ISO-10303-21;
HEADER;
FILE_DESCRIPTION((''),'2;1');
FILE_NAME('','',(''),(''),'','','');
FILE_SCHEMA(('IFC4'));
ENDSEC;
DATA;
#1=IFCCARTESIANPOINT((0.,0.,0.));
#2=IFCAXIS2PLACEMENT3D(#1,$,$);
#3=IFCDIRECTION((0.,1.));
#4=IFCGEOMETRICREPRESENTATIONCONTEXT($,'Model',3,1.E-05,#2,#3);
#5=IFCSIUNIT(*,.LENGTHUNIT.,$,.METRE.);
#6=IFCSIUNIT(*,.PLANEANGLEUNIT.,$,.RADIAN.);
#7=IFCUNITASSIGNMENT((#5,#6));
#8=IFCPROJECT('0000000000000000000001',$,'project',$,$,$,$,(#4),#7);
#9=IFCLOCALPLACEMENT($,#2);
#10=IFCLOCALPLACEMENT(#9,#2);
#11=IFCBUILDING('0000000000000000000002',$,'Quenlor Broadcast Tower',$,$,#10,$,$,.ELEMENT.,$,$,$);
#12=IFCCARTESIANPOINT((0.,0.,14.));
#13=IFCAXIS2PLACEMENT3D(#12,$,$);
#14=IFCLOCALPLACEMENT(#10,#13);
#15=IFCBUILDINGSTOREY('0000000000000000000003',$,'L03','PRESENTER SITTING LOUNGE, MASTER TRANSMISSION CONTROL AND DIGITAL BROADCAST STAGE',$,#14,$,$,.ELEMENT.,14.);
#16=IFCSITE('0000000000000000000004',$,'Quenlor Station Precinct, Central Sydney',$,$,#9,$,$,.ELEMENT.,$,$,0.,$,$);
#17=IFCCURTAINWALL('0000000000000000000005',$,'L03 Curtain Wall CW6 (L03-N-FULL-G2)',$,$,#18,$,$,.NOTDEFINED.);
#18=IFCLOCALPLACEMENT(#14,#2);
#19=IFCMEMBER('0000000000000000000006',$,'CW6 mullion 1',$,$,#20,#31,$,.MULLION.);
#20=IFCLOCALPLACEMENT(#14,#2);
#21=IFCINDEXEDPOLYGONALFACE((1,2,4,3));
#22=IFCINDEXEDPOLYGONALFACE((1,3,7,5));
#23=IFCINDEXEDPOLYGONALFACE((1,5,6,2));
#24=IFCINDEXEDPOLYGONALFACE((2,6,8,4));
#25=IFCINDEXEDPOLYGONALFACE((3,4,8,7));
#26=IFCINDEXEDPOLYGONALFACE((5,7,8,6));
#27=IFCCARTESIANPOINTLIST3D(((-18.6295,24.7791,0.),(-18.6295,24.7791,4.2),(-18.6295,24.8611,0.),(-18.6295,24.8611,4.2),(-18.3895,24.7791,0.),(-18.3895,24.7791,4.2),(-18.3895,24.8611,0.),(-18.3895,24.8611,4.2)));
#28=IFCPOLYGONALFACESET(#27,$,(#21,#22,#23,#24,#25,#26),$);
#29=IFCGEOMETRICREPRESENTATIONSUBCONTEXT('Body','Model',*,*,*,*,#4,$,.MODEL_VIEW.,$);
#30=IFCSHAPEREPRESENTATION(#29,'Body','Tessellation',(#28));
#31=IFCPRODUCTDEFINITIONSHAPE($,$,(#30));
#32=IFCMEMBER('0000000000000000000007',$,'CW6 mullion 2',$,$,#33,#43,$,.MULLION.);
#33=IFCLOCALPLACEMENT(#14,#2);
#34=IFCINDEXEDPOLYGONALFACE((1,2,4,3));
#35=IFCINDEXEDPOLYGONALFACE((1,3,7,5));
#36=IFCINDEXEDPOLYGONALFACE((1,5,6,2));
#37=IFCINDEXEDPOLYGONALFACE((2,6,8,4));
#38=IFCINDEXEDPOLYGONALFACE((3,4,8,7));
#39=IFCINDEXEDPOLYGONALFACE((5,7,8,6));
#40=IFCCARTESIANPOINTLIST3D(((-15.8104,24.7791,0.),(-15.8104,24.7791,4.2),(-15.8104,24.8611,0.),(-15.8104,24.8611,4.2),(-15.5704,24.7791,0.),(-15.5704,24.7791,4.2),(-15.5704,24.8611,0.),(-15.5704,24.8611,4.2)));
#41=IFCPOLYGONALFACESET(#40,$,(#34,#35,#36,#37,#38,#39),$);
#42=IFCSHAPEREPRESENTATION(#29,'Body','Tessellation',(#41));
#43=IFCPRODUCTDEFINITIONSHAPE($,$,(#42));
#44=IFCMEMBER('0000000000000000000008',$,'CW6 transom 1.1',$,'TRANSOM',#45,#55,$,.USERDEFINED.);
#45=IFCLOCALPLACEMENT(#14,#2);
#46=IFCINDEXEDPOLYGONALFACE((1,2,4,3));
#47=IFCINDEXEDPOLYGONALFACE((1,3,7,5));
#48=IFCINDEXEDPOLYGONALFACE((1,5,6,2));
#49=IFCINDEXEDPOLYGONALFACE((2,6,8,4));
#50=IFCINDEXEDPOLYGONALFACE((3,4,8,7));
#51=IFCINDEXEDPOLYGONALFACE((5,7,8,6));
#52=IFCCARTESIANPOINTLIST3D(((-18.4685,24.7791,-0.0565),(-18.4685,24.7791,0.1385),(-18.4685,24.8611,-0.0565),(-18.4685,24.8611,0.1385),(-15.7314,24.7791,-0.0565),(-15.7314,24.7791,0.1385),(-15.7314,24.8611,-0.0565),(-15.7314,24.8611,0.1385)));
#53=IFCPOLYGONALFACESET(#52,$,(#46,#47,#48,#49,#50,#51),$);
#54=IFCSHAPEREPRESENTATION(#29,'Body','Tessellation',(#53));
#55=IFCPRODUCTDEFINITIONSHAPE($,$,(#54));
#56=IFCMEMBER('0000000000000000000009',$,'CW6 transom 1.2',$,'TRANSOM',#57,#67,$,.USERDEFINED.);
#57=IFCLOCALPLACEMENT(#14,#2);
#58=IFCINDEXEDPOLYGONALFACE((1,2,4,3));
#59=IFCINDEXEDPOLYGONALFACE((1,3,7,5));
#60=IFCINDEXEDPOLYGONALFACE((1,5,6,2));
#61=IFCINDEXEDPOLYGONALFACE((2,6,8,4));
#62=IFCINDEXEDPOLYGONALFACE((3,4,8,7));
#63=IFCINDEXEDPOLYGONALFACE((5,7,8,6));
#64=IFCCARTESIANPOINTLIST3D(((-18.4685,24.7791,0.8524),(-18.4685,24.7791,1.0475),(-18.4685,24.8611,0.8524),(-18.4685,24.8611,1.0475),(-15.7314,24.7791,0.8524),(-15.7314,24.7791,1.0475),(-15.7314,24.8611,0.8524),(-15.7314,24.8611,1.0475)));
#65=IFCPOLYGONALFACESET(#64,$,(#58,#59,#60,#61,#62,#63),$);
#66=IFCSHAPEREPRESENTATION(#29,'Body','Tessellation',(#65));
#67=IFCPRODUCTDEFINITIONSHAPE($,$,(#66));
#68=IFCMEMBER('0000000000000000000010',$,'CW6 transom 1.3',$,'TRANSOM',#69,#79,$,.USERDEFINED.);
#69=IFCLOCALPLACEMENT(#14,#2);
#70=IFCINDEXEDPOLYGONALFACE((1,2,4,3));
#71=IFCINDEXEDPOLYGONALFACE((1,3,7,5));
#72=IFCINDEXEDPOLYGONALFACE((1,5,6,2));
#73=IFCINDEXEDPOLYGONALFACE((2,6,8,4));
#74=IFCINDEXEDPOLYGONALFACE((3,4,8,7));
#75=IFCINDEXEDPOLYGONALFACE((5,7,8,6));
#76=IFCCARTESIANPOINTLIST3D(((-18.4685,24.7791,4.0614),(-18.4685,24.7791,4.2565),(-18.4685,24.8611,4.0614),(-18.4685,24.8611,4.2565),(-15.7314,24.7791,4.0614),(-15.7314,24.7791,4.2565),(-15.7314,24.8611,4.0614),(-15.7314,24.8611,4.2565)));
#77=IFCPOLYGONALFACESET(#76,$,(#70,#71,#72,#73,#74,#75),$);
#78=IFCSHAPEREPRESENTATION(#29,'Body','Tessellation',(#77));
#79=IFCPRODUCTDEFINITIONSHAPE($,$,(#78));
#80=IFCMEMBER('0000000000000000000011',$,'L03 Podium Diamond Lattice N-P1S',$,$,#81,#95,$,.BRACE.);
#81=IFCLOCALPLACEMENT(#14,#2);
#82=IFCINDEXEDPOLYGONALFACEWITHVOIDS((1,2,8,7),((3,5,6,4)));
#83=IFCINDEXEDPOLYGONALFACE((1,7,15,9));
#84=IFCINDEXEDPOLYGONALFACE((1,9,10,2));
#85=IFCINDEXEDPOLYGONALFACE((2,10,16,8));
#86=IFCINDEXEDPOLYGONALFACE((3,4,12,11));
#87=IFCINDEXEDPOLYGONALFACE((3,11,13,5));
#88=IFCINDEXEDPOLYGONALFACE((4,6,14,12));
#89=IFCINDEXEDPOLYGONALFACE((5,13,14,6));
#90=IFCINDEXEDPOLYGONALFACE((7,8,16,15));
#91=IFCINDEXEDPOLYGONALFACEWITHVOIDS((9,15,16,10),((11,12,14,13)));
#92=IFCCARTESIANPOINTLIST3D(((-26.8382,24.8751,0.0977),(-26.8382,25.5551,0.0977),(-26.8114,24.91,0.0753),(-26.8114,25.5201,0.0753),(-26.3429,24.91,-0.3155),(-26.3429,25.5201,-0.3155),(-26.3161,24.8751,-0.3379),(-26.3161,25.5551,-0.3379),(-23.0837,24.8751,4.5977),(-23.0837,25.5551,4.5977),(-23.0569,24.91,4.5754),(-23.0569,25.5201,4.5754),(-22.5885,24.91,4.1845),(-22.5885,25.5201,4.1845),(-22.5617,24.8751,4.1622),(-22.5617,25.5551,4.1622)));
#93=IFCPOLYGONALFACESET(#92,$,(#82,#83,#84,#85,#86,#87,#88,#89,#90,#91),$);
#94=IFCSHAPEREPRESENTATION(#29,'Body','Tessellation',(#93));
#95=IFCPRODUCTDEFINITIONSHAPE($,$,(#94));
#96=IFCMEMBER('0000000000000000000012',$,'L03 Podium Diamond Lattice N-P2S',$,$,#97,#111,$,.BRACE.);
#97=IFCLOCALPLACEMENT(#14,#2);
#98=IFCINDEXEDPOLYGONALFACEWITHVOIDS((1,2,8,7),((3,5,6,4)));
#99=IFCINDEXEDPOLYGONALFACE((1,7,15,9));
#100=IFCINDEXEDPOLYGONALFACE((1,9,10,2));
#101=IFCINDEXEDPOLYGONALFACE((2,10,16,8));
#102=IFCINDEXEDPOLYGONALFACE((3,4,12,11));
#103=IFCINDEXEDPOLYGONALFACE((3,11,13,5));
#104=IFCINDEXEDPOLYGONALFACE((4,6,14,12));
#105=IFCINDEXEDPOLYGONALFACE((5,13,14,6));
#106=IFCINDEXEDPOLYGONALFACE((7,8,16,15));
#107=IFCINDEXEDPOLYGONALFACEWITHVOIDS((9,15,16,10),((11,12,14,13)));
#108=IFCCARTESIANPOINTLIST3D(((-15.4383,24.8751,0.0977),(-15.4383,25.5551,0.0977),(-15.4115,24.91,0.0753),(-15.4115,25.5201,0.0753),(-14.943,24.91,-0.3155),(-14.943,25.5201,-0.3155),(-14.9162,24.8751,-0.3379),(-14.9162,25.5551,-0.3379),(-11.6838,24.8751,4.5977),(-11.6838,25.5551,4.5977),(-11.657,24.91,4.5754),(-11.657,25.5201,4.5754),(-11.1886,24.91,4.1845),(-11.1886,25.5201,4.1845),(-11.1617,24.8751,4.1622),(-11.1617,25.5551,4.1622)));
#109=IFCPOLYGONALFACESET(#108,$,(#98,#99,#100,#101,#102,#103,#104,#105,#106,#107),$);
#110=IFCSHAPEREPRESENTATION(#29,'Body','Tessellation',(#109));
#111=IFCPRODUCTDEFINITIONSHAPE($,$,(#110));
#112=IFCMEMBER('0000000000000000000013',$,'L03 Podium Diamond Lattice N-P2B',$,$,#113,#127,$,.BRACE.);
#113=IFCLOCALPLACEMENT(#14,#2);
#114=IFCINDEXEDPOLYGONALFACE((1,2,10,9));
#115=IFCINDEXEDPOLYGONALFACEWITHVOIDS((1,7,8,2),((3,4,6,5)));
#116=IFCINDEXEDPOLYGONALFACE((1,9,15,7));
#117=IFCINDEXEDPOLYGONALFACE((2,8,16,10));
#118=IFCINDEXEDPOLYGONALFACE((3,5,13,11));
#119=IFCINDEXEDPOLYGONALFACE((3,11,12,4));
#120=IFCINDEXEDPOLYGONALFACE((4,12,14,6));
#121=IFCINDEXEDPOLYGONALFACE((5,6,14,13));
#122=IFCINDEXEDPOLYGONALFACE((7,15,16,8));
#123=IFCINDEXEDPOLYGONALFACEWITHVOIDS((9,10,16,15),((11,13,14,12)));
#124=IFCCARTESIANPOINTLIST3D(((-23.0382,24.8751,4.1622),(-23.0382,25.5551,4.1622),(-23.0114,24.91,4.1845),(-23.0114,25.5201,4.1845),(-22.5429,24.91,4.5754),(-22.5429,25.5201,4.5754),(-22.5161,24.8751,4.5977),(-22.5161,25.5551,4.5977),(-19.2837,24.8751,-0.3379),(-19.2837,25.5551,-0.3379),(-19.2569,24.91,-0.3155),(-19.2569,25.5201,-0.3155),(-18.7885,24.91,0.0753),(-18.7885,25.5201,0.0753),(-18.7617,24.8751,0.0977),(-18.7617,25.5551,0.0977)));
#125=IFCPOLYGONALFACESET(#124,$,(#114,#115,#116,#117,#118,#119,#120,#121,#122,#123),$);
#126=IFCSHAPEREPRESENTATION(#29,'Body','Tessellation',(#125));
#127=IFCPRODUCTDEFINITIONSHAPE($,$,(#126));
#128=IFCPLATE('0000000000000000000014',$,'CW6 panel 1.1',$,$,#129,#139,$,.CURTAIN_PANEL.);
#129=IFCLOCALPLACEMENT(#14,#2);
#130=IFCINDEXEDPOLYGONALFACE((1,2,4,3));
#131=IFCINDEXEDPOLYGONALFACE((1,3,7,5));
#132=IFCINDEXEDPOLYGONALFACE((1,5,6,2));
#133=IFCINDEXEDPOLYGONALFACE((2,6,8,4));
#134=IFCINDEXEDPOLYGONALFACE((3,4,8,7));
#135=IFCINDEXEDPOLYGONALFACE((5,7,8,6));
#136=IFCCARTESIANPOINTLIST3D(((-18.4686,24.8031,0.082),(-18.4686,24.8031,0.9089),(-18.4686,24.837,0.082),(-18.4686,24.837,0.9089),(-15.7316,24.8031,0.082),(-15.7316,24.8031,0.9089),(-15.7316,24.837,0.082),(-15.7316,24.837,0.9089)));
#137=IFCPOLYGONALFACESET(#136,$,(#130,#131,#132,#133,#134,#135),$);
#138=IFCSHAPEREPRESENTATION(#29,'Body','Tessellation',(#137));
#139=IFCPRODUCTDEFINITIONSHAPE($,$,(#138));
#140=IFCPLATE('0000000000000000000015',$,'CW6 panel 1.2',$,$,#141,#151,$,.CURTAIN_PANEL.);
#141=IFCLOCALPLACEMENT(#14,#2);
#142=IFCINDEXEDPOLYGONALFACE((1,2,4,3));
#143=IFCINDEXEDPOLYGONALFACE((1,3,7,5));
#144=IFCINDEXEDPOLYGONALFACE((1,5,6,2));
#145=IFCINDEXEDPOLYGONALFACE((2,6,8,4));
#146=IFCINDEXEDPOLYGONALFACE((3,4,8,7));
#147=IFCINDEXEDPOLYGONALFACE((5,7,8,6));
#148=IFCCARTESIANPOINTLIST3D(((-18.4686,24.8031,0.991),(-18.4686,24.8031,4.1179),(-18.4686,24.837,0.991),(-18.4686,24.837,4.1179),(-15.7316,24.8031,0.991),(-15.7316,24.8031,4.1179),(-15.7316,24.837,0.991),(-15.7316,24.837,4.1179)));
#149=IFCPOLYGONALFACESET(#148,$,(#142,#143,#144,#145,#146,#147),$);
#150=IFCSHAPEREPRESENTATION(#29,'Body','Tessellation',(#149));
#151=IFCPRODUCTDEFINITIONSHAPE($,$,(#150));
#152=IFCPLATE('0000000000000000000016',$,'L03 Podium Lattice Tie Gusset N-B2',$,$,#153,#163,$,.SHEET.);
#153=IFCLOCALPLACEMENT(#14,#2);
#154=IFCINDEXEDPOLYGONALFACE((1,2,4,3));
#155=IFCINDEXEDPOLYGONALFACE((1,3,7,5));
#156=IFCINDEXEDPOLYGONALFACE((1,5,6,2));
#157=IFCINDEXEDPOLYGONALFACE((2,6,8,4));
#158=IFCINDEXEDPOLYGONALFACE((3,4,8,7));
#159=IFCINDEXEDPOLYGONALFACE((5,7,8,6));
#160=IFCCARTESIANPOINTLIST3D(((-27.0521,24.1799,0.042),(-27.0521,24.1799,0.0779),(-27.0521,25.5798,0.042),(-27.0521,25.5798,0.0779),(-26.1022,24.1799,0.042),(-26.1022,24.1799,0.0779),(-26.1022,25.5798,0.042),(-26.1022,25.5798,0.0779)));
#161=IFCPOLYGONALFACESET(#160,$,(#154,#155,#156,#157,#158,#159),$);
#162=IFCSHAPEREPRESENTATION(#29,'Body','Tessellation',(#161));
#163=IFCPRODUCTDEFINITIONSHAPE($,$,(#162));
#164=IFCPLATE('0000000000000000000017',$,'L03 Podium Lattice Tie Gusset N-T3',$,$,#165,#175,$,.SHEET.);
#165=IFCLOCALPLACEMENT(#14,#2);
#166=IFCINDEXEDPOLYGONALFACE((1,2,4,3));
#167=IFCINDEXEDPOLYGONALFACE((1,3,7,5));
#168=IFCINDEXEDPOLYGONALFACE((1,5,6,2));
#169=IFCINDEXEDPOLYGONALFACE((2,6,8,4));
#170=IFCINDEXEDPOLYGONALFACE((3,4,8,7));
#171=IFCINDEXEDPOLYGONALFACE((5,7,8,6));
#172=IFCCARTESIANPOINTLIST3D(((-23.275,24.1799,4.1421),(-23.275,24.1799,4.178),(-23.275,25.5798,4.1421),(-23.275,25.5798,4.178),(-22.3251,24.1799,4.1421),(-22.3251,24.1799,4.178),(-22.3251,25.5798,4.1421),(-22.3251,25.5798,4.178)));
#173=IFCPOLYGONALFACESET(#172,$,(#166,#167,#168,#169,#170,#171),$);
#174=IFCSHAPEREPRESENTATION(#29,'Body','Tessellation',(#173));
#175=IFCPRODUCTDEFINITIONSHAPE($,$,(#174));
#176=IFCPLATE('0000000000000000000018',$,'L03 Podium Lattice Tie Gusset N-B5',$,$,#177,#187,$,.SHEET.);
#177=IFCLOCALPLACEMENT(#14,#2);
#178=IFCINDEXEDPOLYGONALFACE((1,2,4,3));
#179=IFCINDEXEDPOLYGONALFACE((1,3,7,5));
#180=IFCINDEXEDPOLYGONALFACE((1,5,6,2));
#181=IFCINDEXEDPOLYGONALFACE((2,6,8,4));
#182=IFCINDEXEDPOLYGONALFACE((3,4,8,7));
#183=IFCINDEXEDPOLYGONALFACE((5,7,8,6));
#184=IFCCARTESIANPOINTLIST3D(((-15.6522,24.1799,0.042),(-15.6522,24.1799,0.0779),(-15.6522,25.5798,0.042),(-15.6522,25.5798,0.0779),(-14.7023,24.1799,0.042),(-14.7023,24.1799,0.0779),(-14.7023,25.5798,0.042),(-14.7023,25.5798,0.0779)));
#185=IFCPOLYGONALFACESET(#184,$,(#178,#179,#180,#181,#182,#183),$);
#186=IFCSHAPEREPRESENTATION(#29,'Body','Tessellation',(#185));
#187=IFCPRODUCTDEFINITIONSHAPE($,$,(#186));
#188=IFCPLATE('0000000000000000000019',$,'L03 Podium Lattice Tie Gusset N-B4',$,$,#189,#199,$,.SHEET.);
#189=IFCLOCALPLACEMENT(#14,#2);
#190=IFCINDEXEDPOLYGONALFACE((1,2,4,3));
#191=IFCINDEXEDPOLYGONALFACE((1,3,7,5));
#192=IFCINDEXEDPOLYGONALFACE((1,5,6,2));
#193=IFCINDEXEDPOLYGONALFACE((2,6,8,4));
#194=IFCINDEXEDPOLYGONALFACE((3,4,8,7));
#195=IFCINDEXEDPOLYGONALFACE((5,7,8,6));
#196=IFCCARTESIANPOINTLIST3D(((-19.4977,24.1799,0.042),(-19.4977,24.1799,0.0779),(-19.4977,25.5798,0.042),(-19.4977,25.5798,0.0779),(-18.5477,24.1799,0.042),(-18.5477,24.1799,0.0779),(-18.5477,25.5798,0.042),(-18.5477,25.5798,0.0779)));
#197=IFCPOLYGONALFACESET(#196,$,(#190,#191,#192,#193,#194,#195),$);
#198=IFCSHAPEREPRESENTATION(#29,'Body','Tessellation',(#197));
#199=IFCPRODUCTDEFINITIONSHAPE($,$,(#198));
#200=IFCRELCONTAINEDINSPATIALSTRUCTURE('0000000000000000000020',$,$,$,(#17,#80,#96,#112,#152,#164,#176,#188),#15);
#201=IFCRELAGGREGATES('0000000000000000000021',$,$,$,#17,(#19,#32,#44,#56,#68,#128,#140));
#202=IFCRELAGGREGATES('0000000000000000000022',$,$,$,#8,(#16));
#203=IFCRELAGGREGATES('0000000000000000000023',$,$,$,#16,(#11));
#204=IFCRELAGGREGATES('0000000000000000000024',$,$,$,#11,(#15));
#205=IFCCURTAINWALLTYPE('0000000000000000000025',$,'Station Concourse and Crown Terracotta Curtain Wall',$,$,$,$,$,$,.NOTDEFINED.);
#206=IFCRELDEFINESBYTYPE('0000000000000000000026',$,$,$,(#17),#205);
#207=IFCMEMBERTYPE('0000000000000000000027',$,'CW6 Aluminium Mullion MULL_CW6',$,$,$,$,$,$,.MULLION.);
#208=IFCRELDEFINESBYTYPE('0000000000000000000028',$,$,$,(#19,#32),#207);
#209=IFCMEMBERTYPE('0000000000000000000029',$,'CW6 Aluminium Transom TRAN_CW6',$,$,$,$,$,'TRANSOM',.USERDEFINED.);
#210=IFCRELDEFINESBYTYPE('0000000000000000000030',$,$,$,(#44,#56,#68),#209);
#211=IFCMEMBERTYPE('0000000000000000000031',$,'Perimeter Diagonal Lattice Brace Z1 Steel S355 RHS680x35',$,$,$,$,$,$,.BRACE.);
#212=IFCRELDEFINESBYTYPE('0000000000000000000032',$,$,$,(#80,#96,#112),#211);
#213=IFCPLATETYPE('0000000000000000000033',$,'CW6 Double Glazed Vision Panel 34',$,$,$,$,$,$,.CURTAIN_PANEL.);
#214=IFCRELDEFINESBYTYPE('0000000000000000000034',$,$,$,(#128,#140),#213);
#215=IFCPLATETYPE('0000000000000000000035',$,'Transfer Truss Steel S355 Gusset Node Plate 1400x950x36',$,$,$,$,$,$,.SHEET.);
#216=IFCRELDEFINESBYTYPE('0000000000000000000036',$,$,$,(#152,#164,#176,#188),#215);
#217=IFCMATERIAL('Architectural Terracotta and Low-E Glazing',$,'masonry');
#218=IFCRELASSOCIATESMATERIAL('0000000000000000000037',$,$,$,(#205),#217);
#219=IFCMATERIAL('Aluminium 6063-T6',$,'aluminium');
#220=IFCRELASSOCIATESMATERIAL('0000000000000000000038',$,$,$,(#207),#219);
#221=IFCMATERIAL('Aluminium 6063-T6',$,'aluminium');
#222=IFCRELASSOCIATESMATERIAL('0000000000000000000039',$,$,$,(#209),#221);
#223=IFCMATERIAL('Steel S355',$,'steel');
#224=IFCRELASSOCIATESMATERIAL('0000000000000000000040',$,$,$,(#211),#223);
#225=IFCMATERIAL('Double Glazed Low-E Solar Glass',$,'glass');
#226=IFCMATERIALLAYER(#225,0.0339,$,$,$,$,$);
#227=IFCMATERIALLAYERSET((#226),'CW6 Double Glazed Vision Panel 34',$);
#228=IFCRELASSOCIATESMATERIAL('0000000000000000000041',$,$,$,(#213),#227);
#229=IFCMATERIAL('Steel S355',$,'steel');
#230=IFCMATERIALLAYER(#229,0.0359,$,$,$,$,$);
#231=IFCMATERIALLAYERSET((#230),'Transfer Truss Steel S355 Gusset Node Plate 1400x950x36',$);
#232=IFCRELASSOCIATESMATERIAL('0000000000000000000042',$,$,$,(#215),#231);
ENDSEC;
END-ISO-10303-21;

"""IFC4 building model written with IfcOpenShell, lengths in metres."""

from ifc_helpers import new_model, si_unit, direction, frame, origin, origin_2d, place, context, subcontext, project, spatial, rectangle, hollow_rectangle, extrude, material, layer, layer_set, material_profile, profile_set, type_object, element, aggregate, save


model = new_model("IFC4")

# Units and contexts
model_context = context("Model", 3, precision=1e-05, world=origin(), true_north=direction((0.0, 1.0)))
body_context = subcontext(model_context, "Body", "Model", "MODEL_VIEW")
ifc_project = project(units=[si_unit("LENGTHUNIT", "METRE"), si_unit("PLANEANGLEUNIT", "RADIAN")], contexts=[model_context])

# Site, building, storey
site_placement = place(None, origin())
site = spatial("IfcSite", under=ifc_project, at=site_placement, Name="Quenlor Station Precinct, Central Sydney", CompositionType="ELEMENT", RefElevation=0.0)
building_placement = place(site_placement, origin())
building = spatial("IfcBuilding", under=site, at=building_placement, Name="Quenlor Broadcast Tower", CompositionType="ELEMENT")
storey_placement = place(building_placement, frame((0.0, 0.0, 14.0)))
storey = spatial("IfcBuildingStorey", under=building, at=storey_placement, Name="L03", Description="PRESENTER SITTING LOUNGE, MASTER TRANSMISSION CONTROL AND DIGITAL BROADCAST STAGE", CompositionType="ELEMENT", Elevation=14.0)

# Curtain wall, members
ifc_material_1 = material(Name="Architectural Terracotta and Low-E Glazing", Category="masonry")
curtain_wall_type = type_object("IfcCurtainWallType", Name="Station Concourse and Crown Terracotta Curtain Wall", PredefinedType="NOTDEFINED", material=ifc_material_1)
curtain_wall_placement = place(storey_placement, origin())
curtain_wall = element("IfcCurtainWall", 1, at=curtain_wall_placement, inside=storey, type_object=curtain_wall_type, Name="L03 Curtain Wall CW6 (L03-N-FULL-G2)", PredefinedType="NOTDEFINED")
ifc_material_2 = material(Name="Aluminium 6063-T6", Category="aluminium")
ifc_material_profile_1 = material_profile(ifc_material_2, rectangle(XDim=0.082, YDim=0.24, at=origin_2d()))
ifc_profile_set_1 = profile_set([ifc_material_profile_1], Name="Aluminium 6063-T6 MULL82x240")
member_type_1 = type_object("IfcMemberType", Name="CW6 Aluminium Mullion MULL_CW6", PredefinedType="MULLION", material=ifc_profile_set_1)
member_1_placement = place(storey_placement, frame((-18.5095, 24.8201, 0.0), z_axis=(0.0, 0.0, 1.0), x_axis=(0.0, 1.0, 0.0)))
member_1 = element("IfcMember", 2, at=member_1_placement, type_object=member_type_1, Name="CW6 mullion 1", PredefinedType="MULLION", context=body_context, shape_type="SweptSolid", body=[
    extrude(rectangle(XDim=0.082, YDim=0.24, at=origin_2d()), origin(), (0.0, 0.0, 1.0), 4.2),
])
member_2_placement = place(storey_placement, frame((-15.6904, 24.8201, 0.0), z_axis=(0.0, 0.0, 1.0), x_axis=(0.0, 1.0, 0.0)))
member_2 = element("IfcMember", 3, at=member_2_placement, type_object=member_type_1, Name="CW6 mullion 2", PredefinedType="MULLION", context=body_context, shape_type="SweptSolid", body=[
    extrude(rectangle(XDim=0.082, YDim=0.24, at=origin_2d()), origin(), (0.0, 0.0, 1.0), 4.2),
])
ifc_material_3 = material(Name="Aluminium 6063-T6", Category="aluminium")
ifc_material_profile_2 = material_profile(ifc_material_3, rectangle(XDim=0.082, YDim=0.1951, at=origin_2d()))
ifc_profile_set_2 = profile_set([ifc_material_profile_2], Name="Aluminium 6063-T6 TRAN82x195")
member_type_2 = type_object("IfcMemberType", Name="CW6 Aluminium Transom TRAN_CW6", ElementType="TRANSOM", PredefinedType="USERDEFINED", material=ifc_profile_set_2)
member_3_placement = place(storey_placement, frame((-18.4685, 24.8201, 0.041), z_axis=(1.0, 0.0, 0.0), x_axis=(0.0, 1.0, 0.0)))
member_3 = element("IfcMember", 4, at=member_3_placement, type_object=member_type_2, Name="CW6 transom 1.1", ObjectType="TRANSOM", PredefinedType="USERDEFINED", context=body_context, shape_type="SweptSolid", body=[
    extrude(rectangle(XDim=0.082, YDim=0.1951, at=origin_2d()), origin(), (0.0, 0.0, 1.0), 2.7371),
])
member_4_placement = place(storey_placement, frame((-18.4685, 24.8201, 0.95), z_axis=(1.0, 0.0, 0.0), x_axis=(0.0, 1.0, 0.0)))
member_4 = element("IfcMember", 5, at=member_4_placement, type_object=member_type_2, Name="CW6 transom 1.2", ObjectType="TRANSOM", PredefinedType="USERDEFINED", context=body_context, shape_type="SweptSolid", body=[
    extrude(rectangle(XDim=0.082, YDim=0.1951, at=origin_2d()), origin(), (0.0, 0.0, 1.0), 2.7371),
])
member_5_placement = place(storey_placement, frame((-18.4685, 24.8201, 4.1589), z_axis=(1.0, 0.0, 0.0), x_axis=(0.0, 1.0, 0.0)))
member_5 = element("IfcMember", 6, at=member_5_placement, type_object=member_type_2, Name="CW6 transom 1.3", ObjectType="TRANSOM", PredefinedType="USERDEFINED", context=body_context, shape_type="SweptSolid", body=[
    extrude(rectangle(XDim=0.082, YDim=0.1951, at=origin_2d()), origin(), (0.0, 0.0, 1.0), 2.7371),
])

# Members
ifc_material_4 = material(Name="Steel S355", Category="steel")
ifc_material_profile_3 = material_profile(ifc_material_4, hollow_rectangle(XDim=0.6799, YDim=0.6799, WallThickness=0.0349, at=origin_2d()))
ifc_profile_set_3 = profile_set([ifc_material_profile_3], Name="Steel S355 RHS680x680x35")
member_type_3 = type_object("IfcMemberType", Name="Perimeter Diagonal Lattice Brace Z1 Steel S355 RHS680x35", PredefinedType="BRACE", material=ifc_profile_set_3)
for number, where, z_axis, x_axis, name in (
    (7, (-26.5771, 25.2151, -0.1201), (0.640627, 0.0, 0.767852), (0.0, 1.0, 0.0), "L03 Podium Diamond Lattice N-P1S"),
    (8, (-15.1772, 25.2151, -0.1201), (0.640627, 0.0, 0.767852), (0.0, 1.0, 0.0), "L03 Podium Diamond Lattice N-P2S"),
    (9, (-19.0227, 25.2151, -0.1201), (-0.640627, 0.0, 0.767852), (0.0, -1.0, 0.0), "L03 Podium Diamond Lattice N-P2B"),
):
    element("IfcMember", number, at=place(storey_placement, frame(where, z_axis=z_axis, x_axis=x_axis)), inside=storey, type_object=member_type_3, Name=name, PredefinedType="BRACE", context=body_context, shape_type="SweptSolid", body=[
        extrude(hollow_rectangle(XDim=0.6799, YDim=0.6799, WallThickness=0.0349, at=origin_2d()), origin(), (0.0, 0.0, 1.0), 5.8606),
    ])

# Plates
ifc_material_5 = material(Name="Double Glazed Low-E Solar Glass", Category="glass")
ifc_layer_1 = layer(ifc_material_5, 0.0339)
ifc_layer_set_1 = layer_set([ifc_layer_1], Name="CW6 Double Glazed Vision Panel 34")
plate_type_1 = type_object("IfcPlateType", Name="CW6 Double Glazed Vision Panel 34", PredefinedType="CURTAIN_PANEL", material=ifc_layer_set_1)
plate_1_placement = place(storey_placement, frame((-17.1001, 24.8201, 0.082), z_axis=(0.0, 0.0, 1.0), x_axis=(1.0, 0.0, 0.0)))
plate_1 = element("IfcPlate", 10, at=plate_1_placement, type_object=plate_type_1, Name="CW6 panel 1.1", PredefinedType="CURTAIN_PANEL", context=body_context, shape_type="SweptSolid", body=[
    extrude(rectangle(XDim=2.7371, YDim=0.0339, at=origin_2d()), origin(), (0.0, 0.0, 1.0), 0.8269),
])
plate_2_placement = place(storey_placement, frame((-17.1001, 24.8201, 0.991), z_axis=(0.0, 0.0, 1.0), x_axis=(1.0, 0.0, 0.0)))
plate_2 = element("IfcPlate", 11, at=plate_2_placement, type_object=plate_type_1, Name="CW6 panel 1.2", PredefinedType="CURTAIN_PANEL", context=body_context, shape_type="SweptSolid", body=[
    extrude(rectangle(XDim=2.7371, YDim=0.0339, at=origin_2d()), origin(), (0.0, 0.0, 1.0), 3.127),
])
aggregate(curtain_wall, [member_1, member_2, member_3, member_4, member_5, plate_1, plate_2])

# Plates
ifc_material_6 = material(Name="Steel S355", Category="steel")
ifc_layer_2 = layer(ifc_material_6, 0.0359)
ifc_layer_set_2 = layer_set([ifc_layer_2], Name="Transfer Truss Steel S355 Gusset Node Plate 1400x950x36")
plate_type_2 = type_object("IfcPlateType", Name="Transfer Truss Steel S355 Gusset Node Plate 1400x950x36", PredefinedType="SHEET", material=ifc_layer_set_2)
for number, where, z_axis, x_axis, name in (
    (12, (-26.5771, 24.8799, 0.042), (0.0, 0.0, 1.0), (0.0, 1.0, 0.0), "L03 Podium Lattice Tie Gusset N-B2"),
    (13, (-22.8, 24.8799, 4.1421), (0.0, 0.0, 1.0), (0.0, 1.0, 0.0), "L03 Podium Lattice Tie Gusset N-T3"),
    (14, (-15.1772, 24.8799, 0.042), (0.0, 0.0, 1.0), (0.0, 1.0, 0.0), "L03 Podium Lattice Tie Gusset N-B5"),
    (15, (-19.0227, 24.8799, 0.042), (0.0, 0.0, 1.0), (0.0, 1.0, 0.0), "L03 Podium Lattice Tie Gusset N-B4"),
):
    element("IfcPlate", number, at=place(storey_placement, frame(where, z_axis=z_axis, x_axis=x_axis)), inside=storey, type_object=plate_type_2, Name=name, PredefinedType="SHEET", context=body_context, shape_type="SweptSolid", body=[
        extrude(rectangle(XDim=1.3999, YDim=0.95, at=origin_2d()), origin(), (0.0, 0.0, 1.0), 0.0359),
    ])

save(model, "model.ifc")
